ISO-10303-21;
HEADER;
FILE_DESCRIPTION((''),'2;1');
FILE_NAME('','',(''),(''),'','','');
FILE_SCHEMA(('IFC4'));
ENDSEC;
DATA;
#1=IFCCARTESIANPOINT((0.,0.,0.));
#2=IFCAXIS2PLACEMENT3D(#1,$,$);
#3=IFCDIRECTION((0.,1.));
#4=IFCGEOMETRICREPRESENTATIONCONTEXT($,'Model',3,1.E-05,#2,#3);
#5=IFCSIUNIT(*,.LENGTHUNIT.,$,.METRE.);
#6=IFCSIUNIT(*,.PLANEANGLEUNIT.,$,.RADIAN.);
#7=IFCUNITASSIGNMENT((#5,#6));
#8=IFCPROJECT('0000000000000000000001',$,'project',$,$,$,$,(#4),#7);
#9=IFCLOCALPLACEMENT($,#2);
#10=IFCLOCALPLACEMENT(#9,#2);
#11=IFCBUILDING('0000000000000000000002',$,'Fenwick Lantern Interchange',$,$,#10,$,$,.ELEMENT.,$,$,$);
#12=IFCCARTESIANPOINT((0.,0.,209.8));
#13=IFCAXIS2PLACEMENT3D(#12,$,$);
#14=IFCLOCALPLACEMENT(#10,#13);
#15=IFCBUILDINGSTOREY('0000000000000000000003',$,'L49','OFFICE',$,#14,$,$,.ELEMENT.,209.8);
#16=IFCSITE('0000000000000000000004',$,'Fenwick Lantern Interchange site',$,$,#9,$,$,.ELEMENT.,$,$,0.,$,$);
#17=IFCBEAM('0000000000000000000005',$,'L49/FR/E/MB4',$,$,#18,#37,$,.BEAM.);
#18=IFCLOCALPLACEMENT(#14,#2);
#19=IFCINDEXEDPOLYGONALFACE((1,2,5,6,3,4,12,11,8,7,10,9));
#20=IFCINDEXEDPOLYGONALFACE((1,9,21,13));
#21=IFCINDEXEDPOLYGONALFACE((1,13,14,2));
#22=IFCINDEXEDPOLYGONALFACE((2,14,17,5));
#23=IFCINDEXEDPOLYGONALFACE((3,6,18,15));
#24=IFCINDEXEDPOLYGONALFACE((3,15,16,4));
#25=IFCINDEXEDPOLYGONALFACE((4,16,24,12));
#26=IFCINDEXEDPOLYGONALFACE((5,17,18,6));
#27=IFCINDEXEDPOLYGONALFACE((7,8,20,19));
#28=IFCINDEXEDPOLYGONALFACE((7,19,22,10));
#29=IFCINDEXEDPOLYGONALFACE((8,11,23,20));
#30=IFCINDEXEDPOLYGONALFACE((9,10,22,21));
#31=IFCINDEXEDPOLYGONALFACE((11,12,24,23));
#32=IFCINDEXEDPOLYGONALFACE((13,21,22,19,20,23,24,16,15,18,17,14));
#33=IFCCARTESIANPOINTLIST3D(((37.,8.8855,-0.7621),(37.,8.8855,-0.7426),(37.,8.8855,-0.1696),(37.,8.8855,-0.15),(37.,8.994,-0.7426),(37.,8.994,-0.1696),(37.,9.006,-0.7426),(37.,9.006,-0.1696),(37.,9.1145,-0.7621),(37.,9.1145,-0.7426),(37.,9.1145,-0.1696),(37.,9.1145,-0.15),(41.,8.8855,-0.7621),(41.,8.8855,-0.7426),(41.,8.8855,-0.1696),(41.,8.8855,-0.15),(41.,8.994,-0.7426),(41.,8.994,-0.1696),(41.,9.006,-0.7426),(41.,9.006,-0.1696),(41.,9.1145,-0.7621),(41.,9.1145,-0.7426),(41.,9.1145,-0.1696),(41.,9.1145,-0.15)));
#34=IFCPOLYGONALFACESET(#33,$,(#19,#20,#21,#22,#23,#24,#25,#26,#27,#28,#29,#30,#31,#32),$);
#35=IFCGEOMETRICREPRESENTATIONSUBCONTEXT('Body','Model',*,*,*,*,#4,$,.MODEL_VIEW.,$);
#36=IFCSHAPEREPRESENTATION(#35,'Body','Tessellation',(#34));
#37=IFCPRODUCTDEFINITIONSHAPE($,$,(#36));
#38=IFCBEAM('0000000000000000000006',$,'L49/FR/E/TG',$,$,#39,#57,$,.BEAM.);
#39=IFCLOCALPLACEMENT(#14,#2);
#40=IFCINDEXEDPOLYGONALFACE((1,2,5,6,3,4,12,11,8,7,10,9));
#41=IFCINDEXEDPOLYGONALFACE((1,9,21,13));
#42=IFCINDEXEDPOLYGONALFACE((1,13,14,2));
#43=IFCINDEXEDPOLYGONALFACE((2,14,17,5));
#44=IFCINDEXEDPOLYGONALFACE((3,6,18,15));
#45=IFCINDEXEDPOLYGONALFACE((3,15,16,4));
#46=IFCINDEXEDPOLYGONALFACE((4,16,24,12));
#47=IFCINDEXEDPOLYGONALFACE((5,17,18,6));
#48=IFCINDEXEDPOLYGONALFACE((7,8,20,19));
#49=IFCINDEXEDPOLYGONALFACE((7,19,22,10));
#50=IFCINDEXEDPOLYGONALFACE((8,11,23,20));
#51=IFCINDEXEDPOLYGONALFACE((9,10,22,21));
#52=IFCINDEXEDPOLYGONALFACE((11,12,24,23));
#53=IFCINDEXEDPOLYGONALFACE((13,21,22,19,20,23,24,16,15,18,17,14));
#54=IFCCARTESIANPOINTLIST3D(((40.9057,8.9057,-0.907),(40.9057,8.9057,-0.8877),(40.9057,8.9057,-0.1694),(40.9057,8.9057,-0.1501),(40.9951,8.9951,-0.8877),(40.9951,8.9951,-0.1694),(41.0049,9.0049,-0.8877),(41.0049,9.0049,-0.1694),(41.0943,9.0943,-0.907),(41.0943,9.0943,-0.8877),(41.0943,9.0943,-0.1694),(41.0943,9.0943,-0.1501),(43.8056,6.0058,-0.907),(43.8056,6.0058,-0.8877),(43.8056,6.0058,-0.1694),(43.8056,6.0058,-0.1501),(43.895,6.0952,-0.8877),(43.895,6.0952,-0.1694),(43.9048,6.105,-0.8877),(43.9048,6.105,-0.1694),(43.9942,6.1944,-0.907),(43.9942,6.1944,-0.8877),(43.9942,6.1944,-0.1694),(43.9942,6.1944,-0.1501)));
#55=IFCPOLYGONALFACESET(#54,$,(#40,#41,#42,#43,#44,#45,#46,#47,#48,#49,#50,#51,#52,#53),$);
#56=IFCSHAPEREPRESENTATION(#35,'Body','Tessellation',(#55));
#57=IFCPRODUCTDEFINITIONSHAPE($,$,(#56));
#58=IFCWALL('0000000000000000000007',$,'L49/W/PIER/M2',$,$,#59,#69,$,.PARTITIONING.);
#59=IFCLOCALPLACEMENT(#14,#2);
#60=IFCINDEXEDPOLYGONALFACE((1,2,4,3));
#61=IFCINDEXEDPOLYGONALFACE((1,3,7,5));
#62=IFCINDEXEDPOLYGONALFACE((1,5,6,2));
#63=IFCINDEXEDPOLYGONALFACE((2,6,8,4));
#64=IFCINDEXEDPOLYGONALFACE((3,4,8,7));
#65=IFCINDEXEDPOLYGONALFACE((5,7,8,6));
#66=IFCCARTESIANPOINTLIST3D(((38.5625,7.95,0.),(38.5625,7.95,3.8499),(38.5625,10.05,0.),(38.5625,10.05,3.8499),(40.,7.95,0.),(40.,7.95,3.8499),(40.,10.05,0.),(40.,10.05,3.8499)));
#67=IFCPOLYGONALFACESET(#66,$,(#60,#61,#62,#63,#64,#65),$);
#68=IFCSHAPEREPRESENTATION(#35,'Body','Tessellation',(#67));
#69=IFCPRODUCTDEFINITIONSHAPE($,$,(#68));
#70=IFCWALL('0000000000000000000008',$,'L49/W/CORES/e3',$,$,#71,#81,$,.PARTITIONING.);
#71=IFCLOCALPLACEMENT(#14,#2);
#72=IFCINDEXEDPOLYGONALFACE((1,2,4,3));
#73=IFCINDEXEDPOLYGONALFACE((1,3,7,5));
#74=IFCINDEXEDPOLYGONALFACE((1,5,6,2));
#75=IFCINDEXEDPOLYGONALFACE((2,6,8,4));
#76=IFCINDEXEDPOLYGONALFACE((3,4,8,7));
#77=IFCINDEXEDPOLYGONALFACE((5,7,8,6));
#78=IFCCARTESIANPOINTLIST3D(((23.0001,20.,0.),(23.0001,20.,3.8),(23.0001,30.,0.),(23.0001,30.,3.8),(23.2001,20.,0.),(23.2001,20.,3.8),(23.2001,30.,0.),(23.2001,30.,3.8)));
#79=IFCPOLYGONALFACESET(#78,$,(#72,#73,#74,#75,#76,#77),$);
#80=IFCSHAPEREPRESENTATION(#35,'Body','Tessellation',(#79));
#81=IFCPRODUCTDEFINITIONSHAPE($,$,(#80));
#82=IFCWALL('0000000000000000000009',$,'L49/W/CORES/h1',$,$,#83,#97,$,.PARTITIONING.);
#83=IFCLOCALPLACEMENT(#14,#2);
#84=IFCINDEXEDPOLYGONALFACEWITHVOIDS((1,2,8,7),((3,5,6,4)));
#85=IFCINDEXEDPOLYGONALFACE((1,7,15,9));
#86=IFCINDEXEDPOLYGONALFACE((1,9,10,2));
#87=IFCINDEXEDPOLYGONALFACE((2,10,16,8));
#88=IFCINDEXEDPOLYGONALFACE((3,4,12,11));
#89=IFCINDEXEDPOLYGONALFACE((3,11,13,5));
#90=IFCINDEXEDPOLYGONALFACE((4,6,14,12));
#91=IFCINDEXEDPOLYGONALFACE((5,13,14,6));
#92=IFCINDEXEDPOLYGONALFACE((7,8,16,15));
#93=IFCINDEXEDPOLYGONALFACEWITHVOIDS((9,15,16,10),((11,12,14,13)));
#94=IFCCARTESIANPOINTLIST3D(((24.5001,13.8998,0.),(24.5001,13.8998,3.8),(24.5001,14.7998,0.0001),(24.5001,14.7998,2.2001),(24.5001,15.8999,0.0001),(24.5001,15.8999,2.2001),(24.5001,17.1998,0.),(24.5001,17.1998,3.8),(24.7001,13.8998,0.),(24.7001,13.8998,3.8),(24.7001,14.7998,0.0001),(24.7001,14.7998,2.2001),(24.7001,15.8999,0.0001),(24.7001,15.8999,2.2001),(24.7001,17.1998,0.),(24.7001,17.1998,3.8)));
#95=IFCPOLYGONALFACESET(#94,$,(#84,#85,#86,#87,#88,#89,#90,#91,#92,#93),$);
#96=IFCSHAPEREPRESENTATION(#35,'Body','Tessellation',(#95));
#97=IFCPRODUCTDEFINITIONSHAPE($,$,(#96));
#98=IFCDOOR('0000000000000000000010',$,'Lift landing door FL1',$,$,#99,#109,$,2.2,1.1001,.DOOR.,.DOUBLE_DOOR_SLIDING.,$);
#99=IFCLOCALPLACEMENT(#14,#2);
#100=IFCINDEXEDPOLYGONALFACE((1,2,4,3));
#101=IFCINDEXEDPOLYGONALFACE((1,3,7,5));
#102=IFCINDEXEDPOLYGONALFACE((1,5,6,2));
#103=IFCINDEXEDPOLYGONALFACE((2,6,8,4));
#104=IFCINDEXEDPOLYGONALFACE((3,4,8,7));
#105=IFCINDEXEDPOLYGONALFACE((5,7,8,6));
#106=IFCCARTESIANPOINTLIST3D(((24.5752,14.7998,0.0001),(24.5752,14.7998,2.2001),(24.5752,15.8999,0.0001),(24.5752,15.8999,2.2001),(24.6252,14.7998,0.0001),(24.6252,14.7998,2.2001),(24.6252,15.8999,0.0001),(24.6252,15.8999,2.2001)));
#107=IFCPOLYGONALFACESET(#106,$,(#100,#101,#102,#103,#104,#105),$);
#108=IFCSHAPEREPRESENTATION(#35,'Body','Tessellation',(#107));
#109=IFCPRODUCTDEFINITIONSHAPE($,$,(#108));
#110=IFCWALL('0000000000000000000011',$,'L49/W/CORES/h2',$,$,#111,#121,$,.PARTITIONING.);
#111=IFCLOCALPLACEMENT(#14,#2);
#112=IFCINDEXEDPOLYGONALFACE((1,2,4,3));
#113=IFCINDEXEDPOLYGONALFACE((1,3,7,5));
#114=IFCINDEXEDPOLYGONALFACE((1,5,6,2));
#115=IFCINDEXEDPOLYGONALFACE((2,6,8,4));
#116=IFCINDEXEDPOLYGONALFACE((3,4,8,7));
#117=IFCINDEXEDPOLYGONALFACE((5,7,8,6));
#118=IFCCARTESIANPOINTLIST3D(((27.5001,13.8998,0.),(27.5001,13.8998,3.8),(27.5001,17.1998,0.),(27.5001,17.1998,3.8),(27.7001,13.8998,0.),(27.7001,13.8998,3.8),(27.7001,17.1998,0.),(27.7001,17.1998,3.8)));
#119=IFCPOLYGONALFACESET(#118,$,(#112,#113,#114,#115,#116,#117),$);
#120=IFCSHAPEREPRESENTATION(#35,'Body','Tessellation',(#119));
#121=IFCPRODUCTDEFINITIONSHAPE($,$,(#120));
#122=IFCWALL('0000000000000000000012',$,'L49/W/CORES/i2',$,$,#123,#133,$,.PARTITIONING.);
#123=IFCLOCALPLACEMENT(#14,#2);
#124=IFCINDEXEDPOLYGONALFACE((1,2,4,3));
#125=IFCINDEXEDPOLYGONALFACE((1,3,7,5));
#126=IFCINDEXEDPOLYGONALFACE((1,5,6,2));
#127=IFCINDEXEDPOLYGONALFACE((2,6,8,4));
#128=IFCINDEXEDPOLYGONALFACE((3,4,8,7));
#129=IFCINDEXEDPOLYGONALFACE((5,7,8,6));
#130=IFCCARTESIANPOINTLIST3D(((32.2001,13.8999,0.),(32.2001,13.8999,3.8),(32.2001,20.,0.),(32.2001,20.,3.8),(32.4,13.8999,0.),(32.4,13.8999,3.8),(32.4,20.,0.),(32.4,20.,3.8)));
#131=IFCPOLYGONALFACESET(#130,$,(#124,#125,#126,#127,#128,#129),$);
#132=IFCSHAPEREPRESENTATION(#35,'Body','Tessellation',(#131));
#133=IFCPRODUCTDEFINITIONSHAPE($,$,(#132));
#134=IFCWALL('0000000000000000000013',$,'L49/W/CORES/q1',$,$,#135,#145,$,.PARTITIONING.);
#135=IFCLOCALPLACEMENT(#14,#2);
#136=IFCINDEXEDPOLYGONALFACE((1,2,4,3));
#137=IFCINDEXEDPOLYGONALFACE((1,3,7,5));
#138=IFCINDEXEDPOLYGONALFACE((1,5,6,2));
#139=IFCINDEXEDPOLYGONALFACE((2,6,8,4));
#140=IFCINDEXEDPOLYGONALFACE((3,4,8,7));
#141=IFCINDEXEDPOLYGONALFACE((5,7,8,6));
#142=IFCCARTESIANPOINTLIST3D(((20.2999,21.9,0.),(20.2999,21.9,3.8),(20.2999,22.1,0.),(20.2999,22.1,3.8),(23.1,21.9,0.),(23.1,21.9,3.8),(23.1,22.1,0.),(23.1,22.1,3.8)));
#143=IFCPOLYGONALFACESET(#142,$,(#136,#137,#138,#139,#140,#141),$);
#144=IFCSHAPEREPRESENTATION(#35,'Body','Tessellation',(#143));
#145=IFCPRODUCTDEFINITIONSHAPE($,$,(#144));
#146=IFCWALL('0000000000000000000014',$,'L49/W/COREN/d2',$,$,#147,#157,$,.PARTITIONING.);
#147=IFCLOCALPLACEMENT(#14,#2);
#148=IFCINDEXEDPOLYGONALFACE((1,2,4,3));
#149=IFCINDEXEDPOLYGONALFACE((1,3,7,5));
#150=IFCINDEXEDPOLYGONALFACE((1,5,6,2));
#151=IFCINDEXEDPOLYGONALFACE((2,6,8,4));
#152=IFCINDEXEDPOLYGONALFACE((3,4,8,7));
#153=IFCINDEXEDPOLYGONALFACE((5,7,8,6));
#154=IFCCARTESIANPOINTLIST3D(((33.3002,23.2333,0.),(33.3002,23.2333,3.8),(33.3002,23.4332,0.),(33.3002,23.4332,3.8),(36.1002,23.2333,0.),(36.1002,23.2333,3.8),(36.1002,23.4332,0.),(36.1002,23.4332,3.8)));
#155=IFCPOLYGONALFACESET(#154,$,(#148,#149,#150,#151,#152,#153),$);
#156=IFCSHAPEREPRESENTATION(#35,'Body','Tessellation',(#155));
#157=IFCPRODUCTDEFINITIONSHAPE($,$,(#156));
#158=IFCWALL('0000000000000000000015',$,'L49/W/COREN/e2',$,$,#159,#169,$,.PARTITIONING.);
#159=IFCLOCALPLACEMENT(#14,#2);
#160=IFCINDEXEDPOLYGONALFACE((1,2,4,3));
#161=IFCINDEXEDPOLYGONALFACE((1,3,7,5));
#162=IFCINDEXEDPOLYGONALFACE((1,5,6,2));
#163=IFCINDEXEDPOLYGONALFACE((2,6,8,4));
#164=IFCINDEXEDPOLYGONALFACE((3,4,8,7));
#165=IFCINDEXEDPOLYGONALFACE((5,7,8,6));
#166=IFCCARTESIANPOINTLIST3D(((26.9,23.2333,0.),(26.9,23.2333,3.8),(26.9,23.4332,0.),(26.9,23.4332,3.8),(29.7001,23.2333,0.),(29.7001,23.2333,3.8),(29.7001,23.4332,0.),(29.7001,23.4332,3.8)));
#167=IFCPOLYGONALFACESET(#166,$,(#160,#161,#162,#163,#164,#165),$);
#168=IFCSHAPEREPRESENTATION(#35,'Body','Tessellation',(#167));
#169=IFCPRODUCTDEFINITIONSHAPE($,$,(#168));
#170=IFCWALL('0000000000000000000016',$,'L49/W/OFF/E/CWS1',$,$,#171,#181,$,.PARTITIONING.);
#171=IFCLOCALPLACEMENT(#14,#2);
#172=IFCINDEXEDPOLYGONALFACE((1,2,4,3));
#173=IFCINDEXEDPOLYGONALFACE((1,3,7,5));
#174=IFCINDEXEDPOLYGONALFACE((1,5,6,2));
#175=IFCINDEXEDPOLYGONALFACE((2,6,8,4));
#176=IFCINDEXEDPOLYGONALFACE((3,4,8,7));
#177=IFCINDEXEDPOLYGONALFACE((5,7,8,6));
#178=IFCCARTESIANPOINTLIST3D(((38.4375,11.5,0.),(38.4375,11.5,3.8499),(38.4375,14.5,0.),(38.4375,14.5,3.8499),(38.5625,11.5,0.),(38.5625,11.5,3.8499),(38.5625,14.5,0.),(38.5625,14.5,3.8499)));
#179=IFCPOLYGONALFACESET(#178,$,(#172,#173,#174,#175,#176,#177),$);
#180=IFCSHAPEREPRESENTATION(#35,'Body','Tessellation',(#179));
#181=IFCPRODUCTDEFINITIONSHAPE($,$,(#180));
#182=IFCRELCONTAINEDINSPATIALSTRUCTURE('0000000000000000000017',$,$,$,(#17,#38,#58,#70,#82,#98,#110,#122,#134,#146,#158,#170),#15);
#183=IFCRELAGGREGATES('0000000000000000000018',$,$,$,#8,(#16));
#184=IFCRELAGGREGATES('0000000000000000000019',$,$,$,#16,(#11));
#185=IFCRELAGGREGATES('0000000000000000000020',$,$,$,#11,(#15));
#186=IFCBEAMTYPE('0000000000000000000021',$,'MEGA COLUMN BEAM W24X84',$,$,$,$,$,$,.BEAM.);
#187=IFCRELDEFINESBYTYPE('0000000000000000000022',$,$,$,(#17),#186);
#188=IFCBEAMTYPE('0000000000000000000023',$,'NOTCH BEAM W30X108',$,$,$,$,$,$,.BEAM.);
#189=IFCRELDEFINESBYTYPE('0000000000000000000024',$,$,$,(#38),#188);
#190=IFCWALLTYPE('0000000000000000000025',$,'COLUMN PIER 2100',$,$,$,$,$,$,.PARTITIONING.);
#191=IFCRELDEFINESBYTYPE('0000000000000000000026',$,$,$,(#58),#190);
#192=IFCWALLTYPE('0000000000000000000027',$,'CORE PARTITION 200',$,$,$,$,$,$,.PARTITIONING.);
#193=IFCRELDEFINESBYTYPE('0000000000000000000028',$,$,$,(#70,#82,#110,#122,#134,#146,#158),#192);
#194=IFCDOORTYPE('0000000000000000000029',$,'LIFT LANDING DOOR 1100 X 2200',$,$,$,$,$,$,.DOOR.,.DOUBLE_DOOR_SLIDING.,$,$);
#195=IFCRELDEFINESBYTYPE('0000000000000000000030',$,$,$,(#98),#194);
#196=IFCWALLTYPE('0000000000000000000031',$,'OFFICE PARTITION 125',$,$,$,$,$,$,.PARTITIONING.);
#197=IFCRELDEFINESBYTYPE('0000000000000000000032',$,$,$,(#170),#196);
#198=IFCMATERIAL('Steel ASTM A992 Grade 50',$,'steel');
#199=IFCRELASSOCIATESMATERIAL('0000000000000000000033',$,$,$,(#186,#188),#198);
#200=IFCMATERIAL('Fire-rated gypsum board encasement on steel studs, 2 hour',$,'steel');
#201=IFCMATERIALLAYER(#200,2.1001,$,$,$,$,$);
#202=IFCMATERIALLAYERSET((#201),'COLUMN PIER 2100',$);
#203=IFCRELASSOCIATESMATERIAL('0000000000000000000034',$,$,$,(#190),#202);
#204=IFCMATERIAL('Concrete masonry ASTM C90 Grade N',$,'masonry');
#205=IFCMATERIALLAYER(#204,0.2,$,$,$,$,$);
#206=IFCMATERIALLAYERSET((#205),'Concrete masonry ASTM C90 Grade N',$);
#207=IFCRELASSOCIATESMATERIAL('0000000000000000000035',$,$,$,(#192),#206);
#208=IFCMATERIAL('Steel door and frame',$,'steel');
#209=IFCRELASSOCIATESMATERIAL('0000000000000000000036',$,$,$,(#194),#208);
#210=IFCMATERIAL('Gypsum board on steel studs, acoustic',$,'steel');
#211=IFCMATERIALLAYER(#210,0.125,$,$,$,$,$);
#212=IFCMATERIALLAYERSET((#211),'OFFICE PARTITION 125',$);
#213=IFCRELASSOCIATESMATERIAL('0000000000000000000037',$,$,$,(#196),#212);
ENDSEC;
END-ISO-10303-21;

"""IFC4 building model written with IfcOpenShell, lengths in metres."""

from ifc_helpers import new_model, si_unit, direction, frame, frame_2d, origin, origin_2d, place, context, subcontext, project, spatial, rectangle, i_section, extrude, material, layer, layer_set, material_profile, profile_set, type_object, element, fill, save


model = new_model("IFC4")

# Units and contexts
model_context = context("Model", 3, precision=1e-05, world=origin(), true_north=direction((0.0, 1.0)))
body_context = subcontext(model_context, "Body", "Model", "MODEL_VIEW")
ifc_project = project(units=[si_unit("LENGTHUNIT", "METRE"), si_unit("PLANEANGLEUNIT", "RADIAN")], contexts=[model_context])

# Site, building, storey
site_placement = place(None, origin())
site = spatial("IfcSite", under=ifc_project, at=site_placement, Name="Fenwick Lantern Interchange site", CompositionType="ELEMENT", RefElevation=0.0)
building_placement = place(site_placement, origin())
building = spatial("IfcBuilding", under=site, at=building_placement, Name="Fenwick Lantern Interchange", CompositionType="ELEMENT")
storey_placement = place(building_placement, frame((0.0, 0.0, 209.8)))
storey = spatial("IfcBuildingStorey", under=building, at=storey_placement, Name="L49", Description="OFFICE", CompositionType="ELEMENT", Elevation=209.8)

# Beams
ifc_material_1 = material(Name="Steel ASTM A992 Grade 50", Category="steel")
ifc_material_profile_1 = material_profile(ifc_material_1, i_section(OverallWidth=0.229, OverallDepth=0.6121, WebThickness=0.012, FlangeThickness=0.0195, at=origin_2d()), Name="W24X84")
ifc_profile_set_1 = profile_set([ifc_material_profile_1], Name="Steel ASTM A992 Grade 50")
beam_type_1 = type_object("IfcBeamType", Name="MEGA COLUMN BEAM W24X84", PredefinedType="BEAM", material=ifc_profile_set_1)
for number, where, z_axis, x_axis, name in (
    (1, (41.0, 9.0, -0.4561), (-1.0, 0.0, 0.0), (0.0, -1.0, 0.0), "L49/FR/E/MB4"),
):
    element("IfcBeam", number, at=place(storey_placement, frame(where, z_axis=z_axis, x_axis=x_axis)), inside=storey, type_object=beam_type_1, Name=name, PredefinedType="BEAM", context=body_context, shape_type="SweptSolid", body=[
        extrude(i_section(OverallWidth=0.229, OverallDepth=0.6121, WebThickness=0.012, FlangeThickness=0.0195, at=origin_2d()), origin(), (0.0, 0.0, 1.0), 4.0),
    ])
ifc_material_profile_2 = material_profile(ifc_material_1, i_section(OverallWidth=0.2666, OverallDepth=0.7568, WebThickness=0.0139, FlangeThickness=0.0193, at=origin_2d()), Name="W30X108")
ifc_profile_set_2 = profile_set([ifc_material_profile_2], Name="Steel ASTM A992 Grade 50")
beam_type_2 = type_object("IfcBeamType", Name="NOTCH BEAM W30X108", PredefinedType="BEAM", material=ifc_profile_set_2)
beam_1_placement = place(storey_placement, frame((41.0, 9.0, -0.5286), z_axis=(0.707107, -0.707107, 0.0), x_axis=(0.707107, 0.707107, 0.0)))
element("IfcBeam", 2, at=beam_1_placement, inside=storey, type_object=beam_type_2, Name="L49/FR/E/TG", PredefinedType="BEAM", context=body_context, shape_type="SweptSolid", body=[
    extrude(i_section(OverallWidth=0.2666, OverallDepth=0.7568, WebThickness=0.0139, FlangeThickness=0.0193, at=origin_2d()), origin(), (0.0, 0.0, 1.0), 4.1011),
])

# Walls
ifc_material_2 = material(Name="Fire-rated gypsum board encasement on steel studs, 2 hour", Category="steel")
ifc_layer_1 = layer(ifc_material_2, 2.1001)
ifc_layer_set_1 = layer_set([ifc_layer_1], Name="COLUMN PIER 2100")
wall_type_1 = type_object("IfcWallType", Name="COLUMN PIER 2100", PredefinedType="PARTITIONING", material=ifc_layer_set_1)
wall_1_placement = place(storey_placement, frame((38.5625, 9.0, 0.0), z_axis=(0.0, 0.0, 1.0), x_axis=(1.0, 0.0, 0.0)))
element("IfcWall", 3, at=wall_1_placement, inside=storey, type_object=wall_type_1, Name="L49/W/PIER/M2", PredefinedType="PARTITIONING", context=body_context, shape_type="SweptSolid", body=[
    extrude(rectangle(XDim=1.4375, YDim=2.1001, at=frame_2d((0.7188, 0.0))), origin(), (0.0, 0.0, 1.0), 3.8499),
])
ifc_material_3 = material(Name="Concrete masonry ASTM C90 Grade N", Category="masonry")
ifc_layer_2 = layer(ifc_material_3, 0.2)
ifc_layer_set_2 = layer_set([ifc_layer_2], Name="Concrete masonry ASTM C90 Grade N")
wall_type_2 = type_object("IfcWallType", Name="CORE PARTITION 200", PredefinedType="PARTITIONING", material=ifc_layer_set_2)
wall_2_placement = place(storey_placement, frame((23.1001, 20.0, 0.0), z_axis=(0.0, 0.0, 1.0), x_axis=(0.0, 1.0, 0.0)))
element("IfcWall", 4, at=wall_2_placement, inside=storey, type_object=wall_type_2, Name="L49/W/CORES/e3", PredefinedType="PARTITIONING", context=body_context, shape_type="SweptSolid", body=[
    extrude(rectangle(XDim=10.0, YDim=0.2, at=frame_2d((5.0, 0.0))), origin(), (0.0, 0.0, 1.0), 3.8),
])

# Wall, opening, door
wall_3_placement = place(storey_placement, frame((24.6001, 13.8999, 0.0), z_axis=(0.0, 0.0, 1.0), x_axis=(0.0, 1.0, 0.0)))
wall_3 = element("IfcWall", 5, at=wall_3_placement, inside=storey, type_object=wall_type_2, Name="L49/W/CORES/h1", PredefinedType="PARTITIONING", context=body_context, shape_type="SweptSolid", body=[
    extrude(rectangle(XDim=3.3, YDim=0.2, at=frame_2d((1.6499, 0.0))), origin(), (0.0, 0.0, 1.0), 3.8),
])
opening_1_placement = place(wall_3_placement, frame((0.8999, 0.0, 0.0)))
opening_1 = element("IfcOpeningElement", 6, at=opening_1_placement, cuts=wall_3, PredefinedType="OPENING", context=body_context, shape_type="SweptSolid", body=[
    extrude(rectangle(XDim=1.1001, YDim=2.2, at=frame_2d((0.55, 1.1001))), frame((0.0, 0.1099, 0.0), z_axis=(0.0, -1.0, 0.0), x_axis=(1.0, 0.0, 0.0)), (0.0, 0.0, 1.0), 0.22),
])
ifc_material_4 = material(Name="Steel door and frame", Category="steel")
door_type_1 = type_object("IfcDoorType", Name="LIFT LANDING DOOR 1100 X 2200", OperationType="DOUBLE_DOOR_SLIDING", PredefinedType="DOOR", material=ifc_material_4)
door_1_placement = place(opening_1_placement, origin())
door_1 = element("IfcDoor", 7, at=door_1_placement, inside=storey, type_object=door_type_1, Name="Lift landing door FL1", OperationType="DOUBLE_DOOR_SLIDING", OverallHeight=2.2, OverallWidth=1.1001, PredefinedType="DOOR", context=body_context, shape_type="SweptSolid", body=[
    extrude(rectangle(XDim=1.1001, YDim=2.2, at=frame_2d((0.55, 1.1001))), frame((0.0, 0.0249, 0.0), z_axis=(0.0, -1.0, 0.0), x_axis=(1.0, 0.0, 0.0)), (0.0, 0.0, 1.0), 0.05),
])
fill(opening_1, door_1)

# Walls
wall_4_placement = place(storey_placement, frame((27.6001, 13.8999, 0.0), z_axis=(0.0, 0.0, 1.0), x_axis=(0.0, 1.0, 0.0)))
element("IfcWall", 8, at=wall_4_placement, inside=storey, type_object=wall_type_2, Name="L49/W/CORES/h2", PredefinedType="PARTITIONING", context=body_context, shape_type="SweptSolid", body=[
    extrude(rectangle(XDim=3.3, YDim=0.2, at=frame_2d((1.6499, 0.0))), origin(), (0.0, 0.0, 1.0), 3.8),
])
wall_5_placement = place(storey_placement, frame((32.3, 13.8999, 0.0), z_axis=(0.0, 0.0, 1.0), x_axis=(0.0, 1.0, 0.0)))
element("IfcWall", 9, at=wall_5_placement, inside=storey, type_object=wall_type_2, Name="L49/W/CORES/i2", PredefinedType="PARTITIONING", context=body_context, shape_type="SweptSolid", body=[
    extrude(rectangle(XDim=6.1001, YDim=0.2, at=frame_2d((3.05, 0.0))), origin(), (0.0, 0.0, 1.0), 3.8),
])
for number, where, z_axis, x_axis, name in (
    (10, (20.3, 22.0, 0.0), (0.0, 0.0, 1.0), (1.0, 0.0, 0.0), "L49/W/CORES/q1"),
    (11, (36.1001, 23.3333, 0.0), (0.0, 0.0, 1.0), (-1.0, 0.0, 0.0), "L49/W/COREN/d2"),
    (12, (29.7, 23.3333, 0.0), (0.0, 0.0, 1.0), (-1.0, 0.0, 0.0), "L49/W/COREN/e2"),
):
    element("IfcWall", number, at=place(storey_placement, frame(where, z_axis=z_axis, x_axis=x_axis)), inside=storey, type_object=wall_type_2, Name=name, PredefinedType="PARTITIONING", context=body_context, shape_type="SweptSolid", body=[
        extrude(rectangle(XDim=2.8, YDim=0.2, at=frame_2d((1.3999, 0.0))), origin(), (0.0, 0.0, 1.0), 3.8),
    ])

# Wall
ifc_material_5 = material(Name="Gypsum board on steel studs, acoustic", Category="steel")
ifc_layer_3 = layer(ifc_material_5, 0.125)
ifc_layer_set_3 = layer_set([ifc_layer_3], Name="OFFICE PARTITION 125")
wall_type_3 = type_object("IfcWallType", Name="OFFICE PARTITION 125", PredefinedType="PARTITIONING", material=ifc_layer_set_3)
wall_6_placement = place(storey_placement, frame((38.5, 11.5, 0.0), z_axis=(0.0, 0.0, 1.0), x_axis=(0.0, 1.0, 0.0)))
element("IfcWall", 13, at=wall_6_placement, inside=storey, type_object=wall_type_3, Name="L49/W/OFF/E/CWS1", PredefinedType="PARTITIONING", context=body_context, shape_type="SweptSolid", body=[
    extrude(rectangle(XDim=3.0, YDim=0.125, at=frame_2d((1.5, 0.0))), origin(), (0.0, 0.0, 1.0), 3.8499),
])

save(model, "model.ifc")
